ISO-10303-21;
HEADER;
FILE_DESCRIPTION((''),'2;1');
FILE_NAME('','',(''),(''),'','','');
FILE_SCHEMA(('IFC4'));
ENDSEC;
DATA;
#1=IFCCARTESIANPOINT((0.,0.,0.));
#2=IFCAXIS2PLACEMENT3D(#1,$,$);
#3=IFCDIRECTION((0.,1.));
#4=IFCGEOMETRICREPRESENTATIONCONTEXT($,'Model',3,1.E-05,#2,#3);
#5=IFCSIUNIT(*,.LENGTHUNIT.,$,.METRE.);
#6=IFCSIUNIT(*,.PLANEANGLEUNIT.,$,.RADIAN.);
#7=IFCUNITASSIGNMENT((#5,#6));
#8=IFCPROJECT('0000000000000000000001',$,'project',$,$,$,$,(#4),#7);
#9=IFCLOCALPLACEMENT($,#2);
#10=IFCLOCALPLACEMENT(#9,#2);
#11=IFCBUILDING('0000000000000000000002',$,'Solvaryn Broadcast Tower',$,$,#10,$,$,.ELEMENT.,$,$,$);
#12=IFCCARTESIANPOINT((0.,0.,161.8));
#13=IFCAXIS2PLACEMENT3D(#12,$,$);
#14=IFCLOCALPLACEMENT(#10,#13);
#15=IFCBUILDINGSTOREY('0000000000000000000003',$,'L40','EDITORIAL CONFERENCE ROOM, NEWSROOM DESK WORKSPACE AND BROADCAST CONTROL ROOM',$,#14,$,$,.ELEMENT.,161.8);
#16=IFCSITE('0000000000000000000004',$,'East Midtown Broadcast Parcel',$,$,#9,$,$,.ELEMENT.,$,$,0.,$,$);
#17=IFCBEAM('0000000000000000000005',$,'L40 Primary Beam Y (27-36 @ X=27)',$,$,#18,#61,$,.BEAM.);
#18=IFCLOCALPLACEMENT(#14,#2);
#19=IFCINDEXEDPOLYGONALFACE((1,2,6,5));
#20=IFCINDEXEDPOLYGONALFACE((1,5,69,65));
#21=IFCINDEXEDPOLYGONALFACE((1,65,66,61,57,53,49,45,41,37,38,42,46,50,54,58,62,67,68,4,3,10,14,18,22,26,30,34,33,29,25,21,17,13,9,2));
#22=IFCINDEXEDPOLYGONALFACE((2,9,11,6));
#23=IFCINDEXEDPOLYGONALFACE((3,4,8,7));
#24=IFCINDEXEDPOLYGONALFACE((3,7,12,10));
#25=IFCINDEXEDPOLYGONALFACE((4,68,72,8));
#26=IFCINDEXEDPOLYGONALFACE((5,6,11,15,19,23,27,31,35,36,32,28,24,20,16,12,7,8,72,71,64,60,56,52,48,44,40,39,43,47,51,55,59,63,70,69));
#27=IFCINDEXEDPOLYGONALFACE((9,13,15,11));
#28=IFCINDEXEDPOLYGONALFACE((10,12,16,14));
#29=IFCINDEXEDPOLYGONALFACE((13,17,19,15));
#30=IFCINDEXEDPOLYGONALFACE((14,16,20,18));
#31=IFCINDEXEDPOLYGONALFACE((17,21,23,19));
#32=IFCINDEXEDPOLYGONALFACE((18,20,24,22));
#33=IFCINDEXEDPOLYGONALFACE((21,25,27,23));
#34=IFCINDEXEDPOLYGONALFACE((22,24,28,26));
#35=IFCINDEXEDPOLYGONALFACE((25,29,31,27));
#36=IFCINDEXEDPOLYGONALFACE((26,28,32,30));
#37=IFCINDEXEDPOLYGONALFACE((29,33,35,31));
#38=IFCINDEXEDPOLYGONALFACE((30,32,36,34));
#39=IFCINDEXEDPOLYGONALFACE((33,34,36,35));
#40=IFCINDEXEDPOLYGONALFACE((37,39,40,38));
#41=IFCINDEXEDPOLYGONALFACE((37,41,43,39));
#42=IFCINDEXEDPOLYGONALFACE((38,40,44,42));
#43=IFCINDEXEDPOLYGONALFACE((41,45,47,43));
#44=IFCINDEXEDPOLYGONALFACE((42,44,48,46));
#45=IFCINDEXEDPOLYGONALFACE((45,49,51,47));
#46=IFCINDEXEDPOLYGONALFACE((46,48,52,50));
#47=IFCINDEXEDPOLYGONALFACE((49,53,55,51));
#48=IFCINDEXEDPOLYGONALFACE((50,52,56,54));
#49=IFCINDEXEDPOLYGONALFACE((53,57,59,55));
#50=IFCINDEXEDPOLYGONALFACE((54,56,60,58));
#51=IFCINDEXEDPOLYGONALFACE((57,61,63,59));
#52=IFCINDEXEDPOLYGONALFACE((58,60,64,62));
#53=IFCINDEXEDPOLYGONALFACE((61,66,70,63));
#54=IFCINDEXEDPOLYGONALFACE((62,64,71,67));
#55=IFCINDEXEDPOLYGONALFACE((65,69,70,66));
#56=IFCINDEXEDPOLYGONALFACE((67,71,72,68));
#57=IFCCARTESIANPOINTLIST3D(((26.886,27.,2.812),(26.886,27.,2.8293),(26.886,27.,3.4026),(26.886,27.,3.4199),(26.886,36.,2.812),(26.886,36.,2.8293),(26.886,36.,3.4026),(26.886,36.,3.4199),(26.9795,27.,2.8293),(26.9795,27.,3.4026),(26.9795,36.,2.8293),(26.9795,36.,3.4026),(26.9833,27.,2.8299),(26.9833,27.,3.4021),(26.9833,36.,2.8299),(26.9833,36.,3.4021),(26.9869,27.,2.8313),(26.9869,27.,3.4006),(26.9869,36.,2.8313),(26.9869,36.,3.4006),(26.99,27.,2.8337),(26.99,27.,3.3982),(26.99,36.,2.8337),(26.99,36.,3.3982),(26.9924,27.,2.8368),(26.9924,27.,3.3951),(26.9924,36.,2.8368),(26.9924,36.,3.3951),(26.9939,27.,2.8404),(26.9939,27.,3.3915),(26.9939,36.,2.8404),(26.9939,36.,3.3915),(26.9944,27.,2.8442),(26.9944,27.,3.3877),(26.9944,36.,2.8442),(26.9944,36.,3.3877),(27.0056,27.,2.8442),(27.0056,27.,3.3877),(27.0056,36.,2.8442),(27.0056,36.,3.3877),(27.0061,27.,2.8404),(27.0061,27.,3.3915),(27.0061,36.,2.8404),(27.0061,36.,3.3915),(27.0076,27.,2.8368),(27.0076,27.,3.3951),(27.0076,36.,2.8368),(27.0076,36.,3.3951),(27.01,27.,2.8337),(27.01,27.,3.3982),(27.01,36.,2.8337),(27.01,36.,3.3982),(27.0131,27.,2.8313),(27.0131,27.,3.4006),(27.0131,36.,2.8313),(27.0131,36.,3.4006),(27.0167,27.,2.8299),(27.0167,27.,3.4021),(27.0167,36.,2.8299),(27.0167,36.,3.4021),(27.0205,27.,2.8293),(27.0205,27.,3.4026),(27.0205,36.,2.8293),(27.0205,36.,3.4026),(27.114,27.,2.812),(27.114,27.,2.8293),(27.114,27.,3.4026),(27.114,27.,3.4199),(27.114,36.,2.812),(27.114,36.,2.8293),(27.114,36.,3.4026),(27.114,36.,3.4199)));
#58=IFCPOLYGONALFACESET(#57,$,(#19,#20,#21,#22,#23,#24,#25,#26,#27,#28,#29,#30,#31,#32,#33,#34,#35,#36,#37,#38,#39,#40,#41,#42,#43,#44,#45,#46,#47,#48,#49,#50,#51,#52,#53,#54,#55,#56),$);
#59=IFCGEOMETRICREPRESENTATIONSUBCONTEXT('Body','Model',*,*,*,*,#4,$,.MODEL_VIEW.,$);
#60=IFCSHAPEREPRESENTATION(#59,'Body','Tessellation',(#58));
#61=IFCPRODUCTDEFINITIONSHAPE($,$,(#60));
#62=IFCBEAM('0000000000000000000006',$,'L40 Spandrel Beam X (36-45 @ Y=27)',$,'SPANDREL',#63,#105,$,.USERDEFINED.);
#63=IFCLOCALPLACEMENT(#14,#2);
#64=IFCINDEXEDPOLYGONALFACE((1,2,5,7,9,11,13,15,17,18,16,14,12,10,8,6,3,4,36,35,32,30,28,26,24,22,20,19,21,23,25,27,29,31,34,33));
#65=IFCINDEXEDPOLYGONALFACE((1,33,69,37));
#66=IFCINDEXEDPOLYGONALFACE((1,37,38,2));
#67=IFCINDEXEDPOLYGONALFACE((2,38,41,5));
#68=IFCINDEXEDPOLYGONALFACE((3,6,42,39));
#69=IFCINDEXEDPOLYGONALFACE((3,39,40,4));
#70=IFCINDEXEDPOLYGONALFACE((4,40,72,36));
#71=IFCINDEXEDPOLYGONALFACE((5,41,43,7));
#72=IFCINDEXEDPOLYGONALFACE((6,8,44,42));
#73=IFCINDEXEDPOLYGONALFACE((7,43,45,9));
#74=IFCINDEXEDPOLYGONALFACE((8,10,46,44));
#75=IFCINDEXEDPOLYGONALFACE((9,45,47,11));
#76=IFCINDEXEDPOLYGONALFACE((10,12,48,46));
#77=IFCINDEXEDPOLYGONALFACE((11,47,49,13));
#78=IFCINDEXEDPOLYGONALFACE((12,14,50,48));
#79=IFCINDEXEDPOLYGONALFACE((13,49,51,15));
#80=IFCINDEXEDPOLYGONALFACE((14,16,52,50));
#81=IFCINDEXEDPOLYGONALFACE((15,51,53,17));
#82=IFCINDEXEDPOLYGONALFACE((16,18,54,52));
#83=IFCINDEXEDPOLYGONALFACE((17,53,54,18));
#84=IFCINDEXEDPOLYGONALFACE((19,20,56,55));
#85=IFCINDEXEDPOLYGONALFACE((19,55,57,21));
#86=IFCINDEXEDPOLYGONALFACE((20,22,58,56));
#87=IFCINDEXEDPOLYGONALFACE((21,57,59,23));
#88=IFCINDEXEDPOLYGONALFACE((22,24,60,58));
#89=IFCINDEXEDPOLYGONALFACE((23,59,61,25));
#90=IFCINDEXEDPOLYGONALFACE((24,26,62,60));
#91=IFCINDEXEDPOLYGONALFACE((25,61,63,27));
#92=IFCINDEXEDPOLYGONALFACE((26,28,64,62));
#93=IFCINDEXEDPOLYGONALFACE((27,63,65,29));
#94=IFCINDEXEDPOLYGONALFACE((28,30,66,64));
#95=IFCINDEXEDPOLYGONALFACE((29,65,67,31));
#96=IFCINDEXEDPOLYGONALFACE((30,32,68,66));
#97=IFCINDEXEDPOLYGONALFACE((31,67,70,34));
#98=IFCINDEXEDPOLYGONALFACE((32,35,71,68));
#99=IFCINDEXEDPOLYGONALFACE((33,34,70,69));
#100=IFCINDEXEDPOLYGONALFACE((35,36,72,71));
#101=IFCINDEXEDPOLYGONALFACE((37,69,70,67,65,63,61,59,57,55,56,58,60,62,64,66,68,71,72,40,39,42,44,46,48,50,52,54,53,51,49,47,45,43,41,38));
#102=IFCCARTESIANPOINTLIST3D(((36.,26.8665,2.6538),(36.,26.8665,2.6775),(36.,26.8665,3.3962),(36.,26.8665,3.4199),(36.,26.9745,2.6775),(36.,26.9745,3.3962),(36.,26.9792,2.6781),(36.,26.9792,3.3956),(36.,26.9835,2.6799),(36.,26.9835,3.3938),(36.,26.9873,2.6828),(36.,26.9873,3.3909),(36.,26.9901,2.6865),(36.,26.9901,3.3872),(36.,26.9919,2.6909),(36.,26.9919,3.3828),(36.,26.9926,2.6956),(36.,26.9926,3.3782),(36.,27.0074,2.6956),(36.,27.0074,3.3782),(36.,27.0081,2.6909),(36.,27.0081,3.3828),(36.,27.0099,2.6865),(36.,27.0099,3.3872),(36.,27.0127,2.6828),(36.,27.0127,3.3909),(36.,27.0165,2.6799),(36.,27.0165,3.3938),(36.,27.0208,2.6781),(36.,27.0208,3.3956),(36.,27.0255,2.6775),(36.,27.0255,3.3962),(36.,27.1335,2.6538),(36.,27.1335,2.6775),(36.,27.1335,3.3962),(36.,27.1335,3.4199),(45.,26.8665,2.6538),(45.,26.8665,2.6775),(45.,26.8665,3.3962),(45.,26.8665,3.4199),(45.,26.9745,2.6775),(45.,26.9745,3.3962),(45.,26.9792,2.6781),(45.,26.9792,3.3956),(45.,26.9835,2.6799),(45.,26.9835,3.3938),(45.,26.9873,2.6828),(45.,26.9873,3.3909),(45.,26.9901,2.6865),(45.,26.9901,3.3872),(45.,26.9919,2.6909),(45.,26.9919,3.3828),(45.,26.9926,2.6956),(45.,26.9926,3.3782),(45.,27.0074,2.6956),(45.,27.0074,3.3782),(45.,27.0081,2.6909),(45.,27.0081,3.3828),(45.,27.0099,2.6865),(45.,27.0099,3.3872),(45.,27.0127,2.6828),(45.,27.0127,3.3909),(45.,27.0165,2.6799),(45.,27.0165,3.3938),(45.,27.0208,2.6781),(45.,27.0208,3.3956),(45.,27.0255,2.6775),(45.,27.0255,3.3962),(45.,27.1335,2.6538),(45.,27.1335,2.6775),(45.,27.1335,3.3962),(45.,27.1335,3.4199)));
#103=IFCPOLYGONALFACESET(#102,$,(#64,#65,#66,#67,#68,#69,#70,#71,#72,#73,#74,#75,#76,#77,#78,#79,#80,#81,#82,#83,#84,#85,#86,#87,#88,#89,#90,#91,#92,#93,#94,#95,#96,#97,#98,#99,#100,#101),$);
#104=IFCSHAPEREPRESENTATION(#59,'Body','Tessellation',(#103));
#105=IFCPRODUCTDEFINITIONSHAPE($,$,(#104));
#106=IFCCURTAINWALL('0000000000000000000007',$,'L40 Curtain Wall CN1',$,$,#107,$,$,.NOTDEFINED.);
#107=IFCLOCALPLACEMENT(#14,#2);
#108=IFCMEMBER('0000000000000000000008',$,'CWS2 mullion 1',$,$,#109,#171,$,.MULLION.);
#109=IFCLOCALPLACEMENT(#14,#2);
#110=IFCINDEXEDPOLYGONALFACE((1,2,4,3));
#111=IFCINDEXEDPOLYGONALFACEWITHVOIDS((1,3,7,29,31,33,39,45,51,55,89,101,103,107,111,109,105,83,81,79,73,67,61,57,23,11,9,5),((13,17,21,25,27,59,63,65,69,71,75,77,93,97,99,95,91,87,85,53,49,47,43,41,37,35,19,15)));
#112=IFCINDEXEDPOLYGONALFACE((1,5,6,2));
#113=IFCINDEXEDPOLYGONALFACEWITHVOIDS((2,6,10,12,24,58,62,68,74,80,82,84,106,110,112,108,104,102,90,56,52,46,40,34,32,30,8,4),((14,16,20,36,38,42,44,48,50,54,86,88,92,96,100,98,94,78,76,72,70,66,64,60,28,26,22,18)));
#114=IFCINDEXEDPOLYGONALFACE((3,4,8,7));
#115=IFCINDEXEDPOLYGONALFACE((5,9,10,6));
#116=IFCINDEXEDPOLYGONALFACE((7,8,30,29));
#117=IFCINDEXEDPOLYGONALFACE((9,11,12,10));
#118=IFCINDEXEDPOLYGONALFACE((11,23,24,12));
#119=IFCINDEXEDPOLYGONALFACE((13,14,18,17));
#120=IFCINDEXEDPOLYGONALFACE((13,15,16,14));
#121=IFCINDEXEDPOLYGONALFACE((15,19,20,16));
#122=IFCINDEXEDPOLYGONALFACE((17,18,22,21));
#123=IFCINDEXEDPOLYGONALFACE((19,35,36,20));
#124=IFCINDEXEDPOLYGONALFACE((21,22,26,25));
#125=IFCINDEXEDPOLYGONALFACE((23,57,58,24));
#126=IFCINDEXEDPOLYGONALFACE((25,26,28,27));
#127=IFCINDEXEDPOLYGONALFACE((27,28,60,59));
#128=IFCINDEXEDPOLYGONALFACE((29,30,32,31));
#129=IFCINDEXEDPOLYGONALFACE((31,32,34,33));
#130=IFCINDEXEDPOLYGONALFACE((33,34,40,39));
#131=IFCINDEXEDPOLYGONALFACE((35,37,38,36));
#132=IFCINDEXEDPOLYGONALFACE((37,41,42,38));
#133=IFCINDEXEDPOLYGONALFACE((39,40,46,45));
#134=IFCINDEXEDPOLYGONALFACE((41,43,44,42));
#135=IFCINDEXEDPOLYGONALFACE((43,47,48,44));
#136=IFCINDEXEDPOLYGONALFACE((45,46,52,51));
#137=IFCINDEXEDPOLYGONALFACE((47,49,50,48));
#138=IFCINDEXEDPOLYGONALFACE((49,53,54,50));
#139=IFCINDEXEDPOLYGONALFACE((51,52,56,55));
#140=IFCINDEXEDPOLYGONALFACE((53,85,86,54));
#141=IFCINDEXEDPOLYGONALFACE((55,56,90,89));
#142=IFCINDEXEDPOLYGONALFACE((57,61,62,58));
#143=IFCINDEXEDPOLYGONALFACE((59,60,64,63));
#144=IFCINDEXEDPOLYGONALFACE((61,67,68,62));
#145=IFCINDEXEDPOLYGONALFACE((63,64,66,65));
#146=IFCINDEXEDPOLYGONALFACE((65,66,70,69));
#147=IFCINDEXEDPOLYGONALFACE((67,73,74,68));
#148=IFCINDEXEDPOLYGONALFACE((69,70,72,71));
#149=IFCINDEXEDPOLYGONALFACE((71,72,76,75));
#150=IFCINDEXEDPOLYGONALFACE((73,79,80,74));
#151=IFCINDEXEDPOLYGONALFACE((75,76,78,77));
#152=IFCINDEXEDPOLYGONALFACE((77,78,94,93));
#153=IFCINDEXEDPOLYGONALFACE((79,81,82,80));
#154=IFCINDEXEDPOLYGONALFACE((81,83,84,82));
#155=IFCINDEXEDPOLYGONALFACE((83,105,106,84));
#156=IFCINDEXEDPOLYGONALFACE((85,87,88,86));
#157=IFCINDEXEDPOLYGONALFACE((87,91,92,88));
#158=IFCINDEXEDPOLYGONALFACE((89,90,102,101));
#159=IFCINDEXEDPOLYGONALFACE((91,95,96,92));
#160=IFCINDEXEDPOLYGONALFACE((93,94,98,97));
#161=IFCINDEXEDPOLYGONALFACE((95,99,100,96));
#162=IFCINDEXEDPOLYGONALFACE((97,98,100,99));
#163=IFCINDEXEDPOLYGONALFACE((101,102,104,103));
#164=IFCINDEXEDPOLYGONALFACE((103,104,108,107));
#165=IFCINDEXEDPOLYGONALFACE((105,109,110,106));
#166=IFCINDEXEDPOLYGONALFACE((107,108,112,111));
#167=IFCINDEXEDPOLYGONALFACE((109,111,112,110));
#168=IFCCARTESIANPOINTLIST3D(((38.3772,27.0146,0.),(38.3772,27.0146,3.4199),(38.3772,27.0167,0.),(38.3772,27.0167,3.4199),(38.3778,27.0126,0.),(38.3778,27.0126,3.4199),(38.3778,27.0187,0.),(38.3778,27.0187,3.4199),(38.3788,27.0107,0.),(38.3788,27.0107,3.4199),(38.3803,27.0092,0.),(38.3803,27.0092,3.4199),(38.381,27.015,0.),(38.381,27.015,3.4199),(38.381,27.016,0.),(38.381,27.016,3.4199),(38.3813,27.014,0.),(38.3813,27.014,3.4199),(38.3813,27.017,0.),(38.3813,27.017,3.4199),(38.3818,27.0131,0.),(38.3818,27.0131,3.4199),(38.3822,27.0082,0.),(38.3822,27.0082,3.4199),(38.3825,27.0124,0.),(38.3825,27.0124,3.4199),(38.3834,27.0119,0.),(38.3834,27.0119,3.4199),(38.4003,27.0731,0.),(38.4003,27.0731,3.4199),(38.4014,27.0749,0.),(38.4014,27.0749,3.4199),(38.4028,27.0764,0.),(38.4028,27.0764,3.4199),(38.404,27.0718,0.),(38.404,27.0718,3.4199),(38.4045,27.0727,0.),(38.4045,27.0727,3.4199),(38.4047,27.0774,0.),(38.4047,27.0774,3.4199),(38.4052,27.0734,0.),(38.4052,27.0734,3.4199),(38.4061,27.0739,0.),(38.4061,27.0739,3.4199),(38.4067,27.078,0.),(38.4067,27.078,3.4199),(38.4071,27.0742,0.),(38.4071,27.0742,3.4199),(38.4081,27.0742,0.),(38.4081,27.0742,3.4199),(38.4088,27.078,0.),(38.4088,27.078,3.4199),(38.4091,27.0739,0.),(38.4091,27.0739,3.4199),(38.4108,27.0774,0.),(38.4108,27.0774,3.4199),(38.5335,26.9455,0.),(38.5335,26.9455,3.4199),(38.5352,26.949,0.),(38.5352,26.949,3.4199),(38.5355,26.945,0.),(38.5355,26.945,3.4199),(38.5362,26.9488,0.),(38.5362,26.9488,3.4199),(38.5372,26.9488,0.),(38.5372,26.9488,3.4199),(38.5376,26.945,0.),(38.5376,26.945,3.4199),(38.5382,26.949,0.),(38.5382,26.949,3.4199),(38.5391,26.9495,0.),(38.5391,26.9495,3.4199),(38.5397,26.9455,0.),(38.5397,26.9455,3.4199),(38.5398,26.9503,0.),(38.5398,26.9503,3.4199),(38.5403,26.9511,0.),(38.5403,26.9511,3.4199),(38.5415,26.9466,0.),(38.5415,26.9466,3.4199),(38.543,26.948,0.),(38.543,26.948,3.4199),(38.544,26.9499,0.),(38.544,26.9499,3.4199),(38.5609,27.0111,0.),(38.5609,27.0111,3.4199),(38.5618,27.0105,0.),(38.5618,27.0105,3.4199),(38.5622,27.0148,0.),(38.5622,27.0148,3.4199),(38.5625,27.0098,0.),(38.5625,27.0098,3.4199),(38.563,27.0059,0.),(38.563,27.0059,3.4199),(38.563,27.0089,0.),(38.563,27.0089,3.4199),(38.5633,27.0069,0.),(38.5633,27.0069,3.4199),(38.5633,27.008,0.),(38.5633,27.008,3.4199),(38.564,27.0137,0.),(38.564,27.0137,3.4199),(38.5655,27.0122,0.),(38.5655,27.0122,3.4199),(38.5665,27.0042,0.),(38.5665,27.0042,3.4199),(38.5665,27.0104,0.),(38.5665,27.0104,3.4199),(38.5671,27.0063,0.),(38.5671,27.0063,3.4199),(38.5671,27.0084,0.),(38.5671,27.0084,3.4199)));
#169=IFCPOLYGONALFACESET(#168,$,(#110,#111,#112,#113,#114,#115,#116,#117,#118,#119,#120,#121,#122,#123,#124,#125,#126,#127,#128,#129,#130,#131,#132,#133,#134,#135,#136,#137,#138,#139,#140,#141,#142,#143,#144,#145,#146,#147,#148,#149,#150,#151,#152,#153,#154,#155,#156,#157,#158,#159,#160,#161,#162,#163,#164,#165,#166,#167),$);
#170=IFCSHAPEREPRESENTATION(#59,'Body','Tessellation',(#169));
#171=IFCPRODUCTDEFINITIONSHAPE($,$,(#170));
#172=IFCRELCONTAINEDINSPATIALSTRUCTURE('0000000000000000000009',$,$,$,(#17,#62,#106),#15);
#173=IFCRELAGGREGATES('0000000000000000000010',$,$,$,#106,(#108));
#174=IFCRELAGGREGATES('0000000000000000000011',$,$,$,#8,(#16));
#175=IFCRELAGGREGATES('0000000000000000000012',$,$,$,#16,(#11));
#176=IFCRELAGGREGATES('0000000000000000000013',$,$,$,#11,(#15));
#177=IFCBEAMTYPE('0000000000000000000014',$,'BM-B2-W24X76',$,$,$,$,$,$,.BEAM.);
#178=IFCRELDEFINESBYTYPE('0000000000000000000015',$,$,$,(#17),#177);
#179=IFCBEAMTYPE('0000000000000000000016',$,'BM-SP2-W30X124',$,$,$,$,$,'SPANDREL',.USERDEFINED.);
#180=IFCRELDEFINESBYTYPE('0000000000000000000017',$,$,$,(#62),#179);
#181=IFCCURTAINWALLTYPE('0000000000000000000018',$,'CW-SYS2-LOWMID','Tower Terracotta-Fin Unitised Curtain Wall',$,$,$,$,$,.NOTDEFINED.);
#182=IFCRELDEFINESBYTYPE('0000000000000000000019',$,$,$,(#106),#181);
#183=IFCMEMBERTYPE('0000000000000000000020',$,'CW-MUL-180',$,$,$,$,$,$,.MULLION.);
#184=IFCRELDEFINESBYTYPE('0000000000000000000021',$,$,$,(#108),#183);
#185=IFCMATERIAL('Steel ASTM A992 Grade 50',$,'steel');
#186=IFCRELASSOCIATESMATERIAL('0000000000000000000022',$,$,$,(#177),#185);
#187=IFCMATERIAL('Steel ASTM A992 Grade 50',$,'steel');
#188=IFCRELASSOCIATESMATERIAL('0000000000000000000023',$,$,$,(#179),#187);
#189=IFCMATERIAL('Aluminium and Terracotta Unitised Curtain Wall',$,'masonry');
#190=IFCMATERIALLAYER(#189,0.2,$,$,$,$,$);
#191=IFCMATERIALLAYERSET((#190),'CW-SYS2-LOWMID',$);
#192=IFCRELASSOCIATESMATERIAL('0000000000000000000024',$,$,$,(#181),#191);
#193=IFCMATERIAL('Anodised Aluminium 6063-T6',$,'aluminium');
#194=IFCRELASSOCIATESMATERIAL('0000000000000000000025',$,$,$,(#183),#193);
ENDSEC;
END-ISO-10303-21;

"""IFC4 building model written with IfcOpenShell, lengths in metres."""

from ifc_helpers import new_model, si_unit, direction, frame, origin, origin_2d, place, context, subcontext, project, spatial, hollow_rectangle, i_section, extrude, material, layer, layer_set, material_profile, profile_set, type_object, element, aggregate, save


model = new_model("IFC4")

# Units and contexts
model_context = context("Model", 3, precision=1e-05, world=origin(), true_north=direction((0.0, 1.0)))
body_context = subcontext(model_context, "Body", "Model", "MODEL_VIEW")
ifc_project = project(units=[si_unit("LENGTHUNIT", "METRE"), si_unit("PLANEANGLEUNIT", "RADIAN")], contexts=[model_context])

# Site, building, storey
site_placement = place(None, origin())
site = spatial("IfcSite", under=ifc_project, at=site_placement, Name="East Midtown Broadcast Parcel", CompositionType="ELEMENT", RefElevation=0.0)
building_placement = place(site_placement, origin())
building = spatial("IfcBuilding", under=site, at=building_placement, Name="Solvaryn Broadcast Tower", CompositionType="ELEMENT")
storey_placement = place(building_placement, frame((0.0, 0.0, 161.8)))
storey = spatial("IfcBuildingStorey", under=building, at=storey_placement, Name="L40", Description="EDITORIAL CONFERENCE ROOM, NEWSROOM DESK WORKSPACE AND BROADCAST CONTROL ROOM", CompositionType="ELEMENT", Elevation=161.8)

# Beams
ifc_material_1 = material(Name="Steel ASTM A992 Grade 50", Category="steel")
ifc_material_profile_1 = material_profile(ifc_material_1, i_section(OverallWidth=0.228, OverallDepth=0.6079, WebThickness=0.0112, FlangeThickness=0.0173, FilletRadius=0.0149, at=origin_2d()))
ifc_profile_set_1 = profile_set([ifc_material_profile_1], Name="Steel ASTM A992 Grade 50")
beam_type_1 = type_object("IfcBeamType", Name="BM-B2-W24X76", PredefinedType="BEAM", material=ifc_profile_set_1)
beam_1_placement = place(storey_placement, frame((27.0, 27.0, 3.116), z_axis=(0.0, 1.0, 0.0), x_axis=(-1.0, 0.0, 0.0)))
element("IfcBeam", 1, at=beam_1_placement, inside=storey, type_object=beam_type_1, Name="L40 Primary Beam Y (27-36 @ X=27)", PredefinedType="BEAM", context=body_context, shape_type="SweptSolid", body=[
    extrude(i_section(OverallWidth=0.228, OverallDepth=0.6079, WebThickness=0.0112, FlangeThickness=0.0173, FilletRadius=0.0149, at=origin_2d()), origin(), (0.0, 0.0, 1.0), 9.0),
])
ifc_material_2 = material(Name="Steel ASTM A992 Grade 50", Category="steel")
ifc_material_profile_2 = material_profile(ifc_material_2, i_section(OverallWidth=0.2671, OverallDepth=0.7661, WebThickness=0.0149, FlangeThickness=0.0237, FilletRadius=0.0181, at=origin_2d()))
ifc_profile_set_2 = profile_set([ifc_material_profile_2], Name="Steel ASTM A992 Grade 50")
beam_type_2 = type_object("IfcBeamType", Name="BM-SP2-W30X124", ElementType="SPANDREL", PredefinedType="USERDEFINED", material=ifc_profile_set_2)
beam_2_placement = place(storey_placement, frame((36.0, 27.0, 3.0369), z_axis=(1.0, 0.0, 0.0), x_axis=(0.0, 1.0, 0.0)))
element("IfcBeam", 2, at=beam_2_placement, inside=storey, type_object=beam_type_2, Name="L40 Spandrel Beam X (36-45 @ Y=27)", ObjectType="SPANDREL", PredefinedType="USERDEFINED", context=body_context, shape_type="SweptSolid", body=[
    extrude(i_section(OverallWidth=0.2671, OverallDepth=0.7661, WebThickness=0.0149, FlangeThickness=0.0237, FilletRadius=0.0181, at=origin_2d()), origin(), (0.0, 0.0, 1.0), 9.0),
])

# Curtain wall, member
ifc_material_3 = material(Name="Aluminium and Terracotta Unitised Curtain Wall", Category="masonry")
ifc_layer_1 = layer(ifc_material_3, 0.2)
ifc_layer_set_1 = layer_set([ifc_layer_1], Name="CW-SYS2-LOWMID")
curtain_wall_type = type_object("IfcCurtainWallType", Name="CW-SYS2-LOWMID", Description="Tower Terracotta-Fin Unitised Curtain Wall", PredefinedType="NOTDEFINED", material=ifc_layer_set_1)
curtain_wall_1_placement = place(storey_placement, origin())
curtain_wall_1 = element("IfcCurtainWall", 3, at=curtain_wall_1_placement, inside=storey, type_object=curtain_wall_type, Name="L40 Curtain Wall CN1", PredefinedType="NOTDEFINED")
ifc_material_4 = material(Name="Anodised Aluminium 6063-T6", Category="aluminium")
ifc_material_profile_3 = material_profile(ifc_material_4, hollow_rectangle(XDim=0.075, YDim=0.1799, WallThickness=0.0039, InnerFilletRadius=0.0039, OuterFilletRadius=0.0081, at=origin_2d()))
ifc_profile_set_3 = profile_set([ifc_material_profile_3], Name="Anodised Aluminium 6063-T6")
member_type_1 = type_object("IfcMemberType", Name="CW-MUL-180", PredefinedType="MULLION", material=ifc_profile_set_3)
member_1_placement = place(storey_placement, frame((38.4722, 27.0115, 0.0), z_axis=(0.0, 0.0, 1.0), x_axis=(-0.382646, -0.923895, 0.0)))
member_1 = element("IfcMember", 4, at=member_1_placement, type_object=member_type_1, Name="CWS2 mullion 1", PredefinedType="MULLION", context=body_context, shape_type="SweptSolid", body=[
    extrude(hollow_rectangle(XDim=0.075, YDim=0.1799, WallThickness=0.0039, InnerFilletRadius=0.0039, OuterFilletRadius=0.0081, at=origin_2d()), origin(), (0.0, 0.0, 1.0), 3.4199),
])

aggregate(curtain_wall_1, [member_1])

save(model, "model.ifc")
